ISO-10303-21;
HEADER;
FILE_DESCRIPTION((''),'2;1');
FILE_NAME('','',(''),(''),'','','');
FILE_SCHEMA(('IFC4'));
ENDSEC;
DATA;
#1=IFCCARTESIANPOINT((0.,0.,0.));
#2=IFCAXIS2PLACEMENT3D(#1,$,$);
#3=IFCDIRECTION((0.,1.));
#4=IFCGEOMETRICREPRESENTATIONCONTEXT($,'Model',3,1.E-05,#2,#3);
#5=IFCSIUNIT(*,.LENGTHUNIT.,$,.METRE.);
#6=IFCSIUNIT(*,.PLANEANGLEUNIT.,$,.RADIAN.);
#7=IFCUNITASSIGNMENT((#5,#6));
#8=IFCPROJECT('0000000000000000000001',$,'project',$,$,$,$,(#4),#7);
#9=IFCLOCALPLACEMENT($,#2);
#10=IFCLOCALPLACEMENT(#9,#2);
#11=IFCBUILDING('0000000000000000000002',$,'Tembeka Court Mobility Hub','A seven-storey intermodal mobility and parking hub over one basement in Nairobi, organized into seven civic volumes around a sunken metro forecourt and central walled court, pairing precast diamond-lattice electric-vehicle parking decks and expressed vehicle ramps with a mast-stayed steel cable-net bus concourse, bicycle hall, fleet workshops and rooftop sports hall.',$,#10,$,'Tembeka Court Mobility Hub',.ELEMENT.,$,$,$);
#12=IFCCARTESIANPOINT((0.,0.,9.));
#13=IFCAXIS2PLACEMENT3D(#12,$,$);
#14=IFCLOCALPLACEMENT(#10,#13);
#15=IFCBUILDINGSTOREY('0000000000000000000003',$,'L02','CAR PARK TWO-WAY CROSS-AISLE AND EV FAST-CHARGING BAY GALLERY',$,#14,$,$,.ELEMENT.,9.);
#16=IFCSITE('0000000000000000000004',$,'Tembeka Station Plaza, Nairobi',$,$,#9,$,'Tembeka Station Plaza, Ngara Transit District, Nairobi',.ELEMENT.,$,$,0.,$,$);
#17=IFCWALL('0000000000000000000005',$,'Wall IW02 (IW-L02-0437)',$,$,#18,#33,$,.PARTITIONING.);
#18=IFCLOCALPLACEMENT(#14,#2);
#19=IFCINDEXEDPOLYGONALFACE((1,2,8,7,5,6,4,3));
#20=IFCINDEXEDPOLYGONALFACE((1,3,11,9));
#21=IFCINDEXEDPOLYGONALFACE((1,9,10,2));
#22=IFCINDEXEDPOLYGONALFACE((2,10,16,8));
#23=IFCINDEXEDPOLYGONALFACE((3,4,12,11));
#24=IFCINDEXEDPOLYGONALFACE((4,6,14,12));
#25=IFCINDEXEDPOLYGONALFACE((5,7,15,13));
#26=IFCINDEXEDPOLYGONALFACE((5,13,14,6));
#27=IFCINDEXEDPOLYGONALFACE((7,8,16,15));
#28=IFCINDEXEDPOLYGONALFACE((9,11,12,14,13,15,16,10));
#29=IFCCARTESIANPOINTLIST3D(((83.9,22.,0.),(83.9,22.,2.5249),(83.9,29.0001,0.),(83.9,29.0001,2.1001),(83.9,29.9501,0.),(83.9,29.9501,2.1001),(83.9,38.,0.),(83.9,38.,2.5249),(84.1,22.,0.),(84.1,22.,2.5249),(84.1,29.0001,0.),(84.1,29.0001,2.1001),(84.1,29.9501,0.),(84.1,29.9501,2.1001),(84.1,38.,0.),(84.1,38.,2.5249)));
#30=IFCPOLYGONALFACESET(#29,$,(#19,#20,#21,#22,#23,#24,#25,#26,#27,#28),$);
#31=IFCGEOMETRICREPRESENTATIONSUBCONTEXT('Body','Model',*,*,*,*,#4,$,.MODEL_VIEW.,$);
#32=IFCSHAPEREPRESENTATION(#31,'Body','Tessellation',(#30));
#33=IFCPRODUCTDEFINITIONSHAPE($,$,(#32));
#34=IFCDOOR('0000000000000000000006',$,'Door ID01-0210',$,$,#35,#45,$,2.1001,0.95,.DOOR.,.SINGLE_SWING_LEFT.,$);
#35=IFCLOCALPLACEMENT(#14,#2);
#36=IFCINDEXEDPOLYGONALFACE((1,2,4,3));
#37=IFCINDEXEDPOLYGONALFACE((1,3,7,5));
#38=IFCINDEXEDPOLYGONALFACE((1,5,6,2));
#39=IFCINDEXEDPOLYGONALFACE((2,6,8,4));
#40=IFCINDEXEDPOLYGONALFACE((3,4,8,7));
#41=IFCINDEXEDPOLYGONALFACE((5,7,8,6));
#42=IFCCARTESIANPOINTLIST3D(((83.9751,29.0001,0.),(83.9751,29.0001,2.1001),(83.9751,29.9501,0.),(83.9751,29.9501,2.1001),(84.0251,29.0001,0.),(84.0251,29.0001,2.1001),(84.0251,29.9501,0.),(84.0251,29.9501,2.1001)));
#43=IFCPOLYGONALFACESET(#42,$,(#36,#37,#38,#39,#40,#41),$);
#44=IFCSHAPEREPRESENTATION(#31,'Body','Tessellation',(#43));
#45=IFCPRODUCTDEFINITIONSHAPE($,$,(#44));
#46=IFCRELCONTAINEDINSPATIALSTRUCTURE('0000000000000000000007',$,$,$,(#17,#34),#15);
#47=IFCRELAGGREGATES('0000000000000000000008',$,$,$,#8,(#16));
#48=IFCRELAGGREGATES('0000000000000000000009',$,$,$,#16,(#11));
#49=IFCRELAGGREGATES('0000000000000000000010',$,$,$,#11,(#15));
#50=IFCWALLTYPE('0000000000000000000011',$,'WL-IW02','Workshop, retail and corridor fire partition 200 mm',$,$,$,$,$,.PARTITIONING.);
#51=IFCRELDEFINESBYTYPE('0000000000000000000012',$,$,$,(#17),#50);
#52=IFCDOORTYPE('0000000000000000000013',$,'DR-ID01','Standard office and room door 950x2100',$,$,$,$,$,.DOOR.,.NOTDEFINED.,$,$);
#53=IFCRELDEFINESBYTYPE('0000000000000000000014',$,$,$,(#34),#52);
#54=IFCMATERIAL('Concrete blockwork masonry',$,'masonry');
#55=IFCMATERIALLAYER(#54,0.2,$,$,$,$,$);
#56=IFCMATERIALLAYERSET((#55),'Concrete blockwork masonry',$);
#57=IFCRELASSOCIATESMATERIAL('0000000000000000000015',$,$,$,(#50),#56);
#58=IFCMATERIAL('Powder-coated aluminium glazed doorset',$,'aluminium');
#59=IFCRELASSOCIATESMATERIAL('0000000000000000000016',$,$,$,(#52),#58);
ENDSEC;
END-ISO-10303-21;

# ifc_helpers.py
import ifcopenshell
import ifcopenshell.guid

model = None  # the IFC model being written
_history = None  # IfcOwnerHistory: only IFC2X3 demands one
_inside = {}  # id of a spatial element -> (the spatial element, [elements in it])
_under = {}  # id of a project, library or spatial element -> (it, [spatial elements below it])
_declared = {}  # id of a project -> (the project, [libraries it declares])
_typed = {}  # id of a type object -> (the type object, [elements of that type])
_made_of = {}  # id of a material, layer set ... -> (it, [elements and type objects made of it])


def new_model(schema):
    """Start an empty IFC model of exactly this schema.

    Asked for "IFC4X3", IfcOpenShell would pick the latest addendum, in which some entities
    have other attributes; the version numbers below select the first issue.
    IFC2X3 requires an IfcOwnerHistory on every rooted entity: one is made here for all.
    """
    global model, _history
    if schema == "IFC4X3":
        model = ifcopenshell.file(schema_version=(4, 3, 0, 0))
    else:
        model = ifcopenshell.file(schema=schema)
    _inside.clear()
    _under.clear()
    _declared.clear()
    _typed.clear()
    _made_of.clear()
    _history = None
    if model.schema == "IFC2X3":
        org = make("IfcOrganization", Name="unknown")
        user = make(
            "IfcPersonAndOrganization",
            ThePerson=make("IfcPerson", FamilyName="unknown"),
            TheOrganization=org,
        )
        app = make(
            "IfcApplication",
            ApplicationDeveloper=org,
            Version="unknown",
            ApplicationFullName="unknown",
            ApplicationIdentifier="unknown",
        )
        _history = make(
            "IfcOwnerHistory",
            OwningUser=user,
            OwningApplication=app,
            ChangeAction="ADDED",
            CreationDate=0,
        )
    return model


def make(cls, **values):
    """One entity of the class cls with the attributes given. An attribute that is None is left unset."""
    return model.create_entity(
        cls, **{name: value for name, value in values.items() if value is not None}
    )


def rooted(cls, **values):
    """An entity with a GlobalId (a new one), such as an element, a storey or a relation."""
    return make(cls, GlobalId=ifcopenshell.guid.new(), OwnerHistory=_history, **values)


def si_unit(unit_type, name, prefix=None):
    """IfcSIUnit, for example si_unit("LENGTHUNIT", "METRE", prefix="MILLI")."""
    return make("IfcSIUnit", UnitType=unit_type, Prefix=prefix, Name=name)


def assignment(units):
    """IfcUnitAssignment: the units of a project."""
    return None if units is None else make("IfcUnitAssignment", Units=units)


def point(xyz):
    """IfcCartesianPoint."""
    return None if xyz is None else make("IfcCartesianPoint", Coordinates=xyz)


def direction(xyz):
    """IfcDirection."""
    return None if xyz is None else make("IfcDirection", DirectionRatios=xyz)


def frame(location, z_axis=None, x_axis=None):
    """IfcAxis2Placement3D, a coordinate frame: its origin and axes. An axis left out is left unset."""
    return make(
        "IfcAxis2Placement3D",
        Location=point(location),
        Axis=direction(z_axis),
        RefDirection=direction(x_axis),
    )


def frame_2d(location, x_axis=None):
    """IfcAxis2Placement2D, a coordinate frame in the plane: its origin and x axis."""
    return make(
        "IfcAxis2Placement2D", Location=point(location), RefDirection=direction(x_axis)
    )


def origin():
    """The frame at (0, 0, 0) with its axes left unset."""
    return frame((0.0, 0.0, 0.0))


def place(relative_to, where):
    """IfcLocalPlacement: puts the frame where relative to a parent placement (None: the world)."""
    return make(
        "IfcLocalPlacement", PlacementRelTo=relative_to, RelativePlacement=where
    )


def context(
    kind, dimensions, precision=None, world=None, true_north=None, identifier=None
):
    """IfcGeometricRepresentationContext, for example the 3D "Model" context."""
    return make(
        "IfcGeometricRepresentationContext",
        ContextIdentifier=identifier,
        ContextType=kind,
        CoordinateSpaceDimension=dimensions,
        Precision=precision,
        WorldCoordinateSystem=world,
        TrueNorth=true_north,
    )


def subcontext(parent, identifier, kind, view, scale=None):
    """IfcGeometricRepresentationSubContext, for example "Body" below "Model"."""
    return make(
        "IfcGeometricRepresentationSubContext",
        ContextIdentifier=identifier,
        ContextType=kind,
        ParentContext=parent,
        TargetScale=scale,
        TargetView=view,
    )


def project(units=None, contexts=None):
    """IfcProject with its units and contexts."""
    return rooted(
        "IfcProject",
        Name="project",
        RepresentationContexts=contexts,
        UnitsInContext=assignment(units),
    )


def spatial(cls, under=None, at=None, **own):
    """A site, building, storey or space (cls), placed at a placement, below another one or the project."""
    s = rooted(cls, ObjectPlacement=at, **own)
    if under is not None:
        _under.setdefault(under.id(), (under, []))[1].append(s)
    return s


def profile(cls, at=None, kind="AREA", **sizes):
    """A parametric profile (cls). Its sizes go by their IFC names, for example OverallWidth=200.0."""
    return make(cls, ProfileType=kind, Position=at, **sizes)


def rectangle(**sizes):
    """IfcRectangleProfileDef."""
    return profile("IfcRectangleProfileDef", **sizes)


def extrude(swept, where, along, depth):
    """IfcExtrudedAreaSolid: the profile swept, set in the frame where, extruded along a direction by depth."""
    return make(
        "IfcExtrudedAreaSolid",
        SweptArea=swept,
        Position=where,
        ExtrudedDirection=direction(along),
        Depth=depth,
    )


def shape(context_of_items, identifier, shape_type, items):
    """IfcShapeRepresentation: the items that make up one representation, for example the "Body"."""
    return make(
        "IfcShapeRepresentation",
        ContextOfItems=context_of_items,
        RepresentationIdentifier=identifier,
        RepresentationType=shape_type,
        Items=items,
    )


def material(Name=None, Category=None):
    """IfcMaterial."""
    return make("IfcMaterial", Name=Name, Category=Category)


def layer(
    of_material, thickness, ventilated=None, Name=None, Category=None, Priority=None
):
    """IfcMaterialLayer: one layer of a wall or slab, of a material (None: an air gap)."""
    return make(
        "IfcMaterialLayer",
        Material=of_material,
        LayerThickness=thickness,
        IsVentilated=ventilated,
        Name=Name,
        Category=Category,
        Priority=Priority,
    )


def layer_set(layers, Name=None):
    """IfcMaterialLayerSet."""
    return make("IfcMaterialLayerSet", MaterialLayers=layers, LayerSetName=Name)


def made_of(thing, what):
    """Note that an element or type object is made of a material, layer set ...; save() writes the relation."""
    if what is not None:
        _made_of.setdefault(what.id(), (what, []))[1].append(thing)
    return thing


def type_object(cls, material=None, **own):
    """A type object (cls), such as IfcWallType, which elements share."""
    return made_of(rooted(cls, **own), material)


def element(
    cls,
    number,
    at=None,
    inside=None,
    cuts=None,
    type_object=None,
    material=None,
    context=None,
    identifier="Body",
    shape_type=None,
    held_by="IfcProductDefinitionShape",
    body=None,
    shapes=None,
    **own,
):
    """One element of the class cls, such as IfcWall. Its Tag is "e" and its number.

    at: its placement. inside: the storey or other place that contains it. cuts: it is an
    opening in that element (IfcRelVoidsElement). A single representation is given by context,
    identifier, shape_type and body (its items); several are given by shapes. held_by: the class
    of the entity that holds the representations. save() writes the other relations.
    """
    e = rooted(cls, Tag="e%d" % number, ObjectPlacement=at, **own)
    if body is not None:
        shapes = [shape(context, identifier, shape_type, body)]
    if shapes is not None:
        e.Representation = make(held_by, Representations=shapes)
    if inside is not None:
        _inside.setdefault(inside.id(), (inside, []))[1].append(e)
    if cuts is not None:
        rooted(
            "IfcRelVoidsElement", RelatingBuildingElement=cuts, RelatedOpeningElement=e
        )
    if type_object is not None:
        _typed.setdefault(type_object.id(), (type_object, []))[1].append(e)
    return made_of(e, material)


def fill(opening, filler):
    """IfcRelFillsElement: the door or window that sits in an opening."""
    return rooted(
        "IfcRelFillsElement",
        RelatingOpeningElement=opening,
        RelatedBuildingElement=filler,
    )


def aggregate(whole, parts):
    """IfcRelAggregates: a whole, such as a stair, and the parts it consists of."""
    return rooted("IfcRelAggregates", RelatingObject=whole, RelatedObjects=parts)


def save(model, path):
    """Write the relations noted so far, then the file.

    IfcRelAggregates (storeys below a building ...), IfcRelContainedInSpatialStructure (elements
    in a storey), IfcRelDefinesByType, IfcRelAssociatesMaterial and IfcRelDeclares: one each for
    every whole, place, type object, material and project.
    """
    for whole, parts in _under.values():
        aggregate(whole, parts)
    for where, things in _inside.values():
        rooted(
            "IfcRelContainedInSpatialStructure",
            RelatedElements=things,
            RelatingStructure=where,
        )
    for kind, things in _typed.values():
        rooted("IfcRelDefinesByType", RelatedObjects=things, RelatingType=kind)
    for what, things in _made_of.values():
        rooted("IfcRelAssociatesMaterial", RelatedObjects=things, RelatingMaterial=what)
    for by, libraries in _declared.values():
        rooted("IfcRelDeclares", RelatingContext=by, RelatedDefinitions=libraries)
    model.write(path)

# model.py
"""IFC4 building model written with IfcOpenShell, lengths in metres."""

from ifc_helpers import new_model, si_unit, direction, frame, frame_2d, origin, place, context, subcontext, project, spatial, rectangle, extrude, material, layer, layer_set, type_object, element, fill, save


model = new_model("IFC4")

# Units and contexts
model_context = context("Model", 3, precision=1e-05, world=origin(), true_north=direction((0.0, 1.0)))
body_context = subcontext(model_context, "Body", "Model", "MODEL_VIEW")
ifc_project = project(units=[si_unit("LENGTHUNIT", "METRE"), si_unit("PLANEANGLEUNIT", "RADIAN")], contexts=[model_context])

# Site, building, storey
site_placement = place(None, origin())
site = spatial("IfcSite", under=ifc_project, at=site_placement, Name="Tembeka Station Plaza, Nairobi", LongName="Tembeka Station Plaza, Ngara Transit District, Nairobi", CompositionType="ELEMENT", RefElevation=0.0)
building_placement = place(site_placement, origin())
building = spatial("IfcBuilding", under=site, at=building_placement, Name="Tembeka Court Mobility Hub", Description="A seven-storey intermodal mobility and parking hub over one basement in Nairobi, organized into seven civic volumes around a sunken metro forecourt and central walled court, pairing precast diamond-lattice electric-vehicle parking decks and expressed vehicle ramps with a mast-stayed steel cable-net bus concourse, bicycle hall, fleet workshops and rooftop sports hall.", LongName="Tembeka Court Mobility Hub", CompositionType="ELEMENT")
storey_placement = place(building_placement, frame((0.0, 0.0, 9.0)))
storey = spatial("IfcBuildingStorey", under=building, at=storey_placement, Name="L02", Description="CAR PARK TWO-WAY CROSS-AISLE AND EV FAST-CHARGING BAY GALLERY", CompositionType="ELEMENT", Elevation=9.0)

# Wall, opening, door
ifc_material_1 = material(Name="Concrete blockwork masonry", Category="masonry")
ifc_layer_1 = layer(ifc_material_1, 0.2)
ifc_layer_set_1 = layer_set([ifc_layer_1], Name="Concrete blockwork masonry")
wall_type = type_object("IfcWallType", Name="WL-IW02", Description="Workshop, retail and corridor fire partition 200 mm", PredefinedType="PARTITIONING", material=ifc_layer_set_1)
wall_placement = place(storey_placement, frame((84.0, 22.0, 0.0), z_axis=(0.0, 0.0, 1.0), x_axis=(0.0, 1.0, 0.0)))
wall = element("IfcWall", 1, at=wall_placement, inside=storey, type_object=wall_type, Name="Wall IW02 (IW-L02-0437)", PredefinedType="PARTITIONING", context=body_context, shape_type="SweptSolid", body=[
    extrude(rectangle(XDim=16.0, YDim=0.2, at=frame_2d((8.0, 0.0))), origin(), (0.0, 0.0, 1.0), 2.5249),
])
opening_placement = place(wall_placement, frame((7.0, 0.0, 0.0)))
opening = element("IfcOpeningElement", 2, at=opening_placement, cuts=wall, PredefinedType="OPENING", context=body_context, shape_type="SweptSolid", body=[
    extrude(rectangle(XDim=0.95, YDim=2.1001, at=frame_2d((0.4751, 1.05))), frame((0.0, 0.1099, 0.0), z_axis=(0.0, -1.0, 0.0), x_axis=(1.0, 0.0, 0.0)), (0.0, 0.0, 1.0), 0.22),
])
ifc_material_2 = material(Name="Powder-coated aluminium glazed doorset", Category="aluminium")
door_type = type_object("IfcDoorType", Name="DR-ID01", Description="Standard office and room door 950x2100", OperationType="NOTDEFINED", PredefinedType="DOOR", material=ifc_material_2)
door_placement = place(opening_placement, origin())
door = element("IfcDoor", 3, at=door_placement, inside=storey, type_object=door_type, Name="Door ID01-0210", OperationType="SINGLE_SWING_LEFT", OverallHeight=2.1001, OverallWidth=0.95, PredefinedType="DOOR", context=body_context, shape_type="SweptSolid", body=[
    extrude(rectangle(XDim=0.95, YDim=2.1001, at=frame_2d((0.4751, 1.05))), frame((0.0, 0.0249, 0.0), z_axis=(0.0, -1.0, 0.0), x_axis=(1.0, 0.0, 0.0)), (0.0, 0.0, 1.0), 0.05),
])
fill(opening, door)

save(model, "model.ifc")
